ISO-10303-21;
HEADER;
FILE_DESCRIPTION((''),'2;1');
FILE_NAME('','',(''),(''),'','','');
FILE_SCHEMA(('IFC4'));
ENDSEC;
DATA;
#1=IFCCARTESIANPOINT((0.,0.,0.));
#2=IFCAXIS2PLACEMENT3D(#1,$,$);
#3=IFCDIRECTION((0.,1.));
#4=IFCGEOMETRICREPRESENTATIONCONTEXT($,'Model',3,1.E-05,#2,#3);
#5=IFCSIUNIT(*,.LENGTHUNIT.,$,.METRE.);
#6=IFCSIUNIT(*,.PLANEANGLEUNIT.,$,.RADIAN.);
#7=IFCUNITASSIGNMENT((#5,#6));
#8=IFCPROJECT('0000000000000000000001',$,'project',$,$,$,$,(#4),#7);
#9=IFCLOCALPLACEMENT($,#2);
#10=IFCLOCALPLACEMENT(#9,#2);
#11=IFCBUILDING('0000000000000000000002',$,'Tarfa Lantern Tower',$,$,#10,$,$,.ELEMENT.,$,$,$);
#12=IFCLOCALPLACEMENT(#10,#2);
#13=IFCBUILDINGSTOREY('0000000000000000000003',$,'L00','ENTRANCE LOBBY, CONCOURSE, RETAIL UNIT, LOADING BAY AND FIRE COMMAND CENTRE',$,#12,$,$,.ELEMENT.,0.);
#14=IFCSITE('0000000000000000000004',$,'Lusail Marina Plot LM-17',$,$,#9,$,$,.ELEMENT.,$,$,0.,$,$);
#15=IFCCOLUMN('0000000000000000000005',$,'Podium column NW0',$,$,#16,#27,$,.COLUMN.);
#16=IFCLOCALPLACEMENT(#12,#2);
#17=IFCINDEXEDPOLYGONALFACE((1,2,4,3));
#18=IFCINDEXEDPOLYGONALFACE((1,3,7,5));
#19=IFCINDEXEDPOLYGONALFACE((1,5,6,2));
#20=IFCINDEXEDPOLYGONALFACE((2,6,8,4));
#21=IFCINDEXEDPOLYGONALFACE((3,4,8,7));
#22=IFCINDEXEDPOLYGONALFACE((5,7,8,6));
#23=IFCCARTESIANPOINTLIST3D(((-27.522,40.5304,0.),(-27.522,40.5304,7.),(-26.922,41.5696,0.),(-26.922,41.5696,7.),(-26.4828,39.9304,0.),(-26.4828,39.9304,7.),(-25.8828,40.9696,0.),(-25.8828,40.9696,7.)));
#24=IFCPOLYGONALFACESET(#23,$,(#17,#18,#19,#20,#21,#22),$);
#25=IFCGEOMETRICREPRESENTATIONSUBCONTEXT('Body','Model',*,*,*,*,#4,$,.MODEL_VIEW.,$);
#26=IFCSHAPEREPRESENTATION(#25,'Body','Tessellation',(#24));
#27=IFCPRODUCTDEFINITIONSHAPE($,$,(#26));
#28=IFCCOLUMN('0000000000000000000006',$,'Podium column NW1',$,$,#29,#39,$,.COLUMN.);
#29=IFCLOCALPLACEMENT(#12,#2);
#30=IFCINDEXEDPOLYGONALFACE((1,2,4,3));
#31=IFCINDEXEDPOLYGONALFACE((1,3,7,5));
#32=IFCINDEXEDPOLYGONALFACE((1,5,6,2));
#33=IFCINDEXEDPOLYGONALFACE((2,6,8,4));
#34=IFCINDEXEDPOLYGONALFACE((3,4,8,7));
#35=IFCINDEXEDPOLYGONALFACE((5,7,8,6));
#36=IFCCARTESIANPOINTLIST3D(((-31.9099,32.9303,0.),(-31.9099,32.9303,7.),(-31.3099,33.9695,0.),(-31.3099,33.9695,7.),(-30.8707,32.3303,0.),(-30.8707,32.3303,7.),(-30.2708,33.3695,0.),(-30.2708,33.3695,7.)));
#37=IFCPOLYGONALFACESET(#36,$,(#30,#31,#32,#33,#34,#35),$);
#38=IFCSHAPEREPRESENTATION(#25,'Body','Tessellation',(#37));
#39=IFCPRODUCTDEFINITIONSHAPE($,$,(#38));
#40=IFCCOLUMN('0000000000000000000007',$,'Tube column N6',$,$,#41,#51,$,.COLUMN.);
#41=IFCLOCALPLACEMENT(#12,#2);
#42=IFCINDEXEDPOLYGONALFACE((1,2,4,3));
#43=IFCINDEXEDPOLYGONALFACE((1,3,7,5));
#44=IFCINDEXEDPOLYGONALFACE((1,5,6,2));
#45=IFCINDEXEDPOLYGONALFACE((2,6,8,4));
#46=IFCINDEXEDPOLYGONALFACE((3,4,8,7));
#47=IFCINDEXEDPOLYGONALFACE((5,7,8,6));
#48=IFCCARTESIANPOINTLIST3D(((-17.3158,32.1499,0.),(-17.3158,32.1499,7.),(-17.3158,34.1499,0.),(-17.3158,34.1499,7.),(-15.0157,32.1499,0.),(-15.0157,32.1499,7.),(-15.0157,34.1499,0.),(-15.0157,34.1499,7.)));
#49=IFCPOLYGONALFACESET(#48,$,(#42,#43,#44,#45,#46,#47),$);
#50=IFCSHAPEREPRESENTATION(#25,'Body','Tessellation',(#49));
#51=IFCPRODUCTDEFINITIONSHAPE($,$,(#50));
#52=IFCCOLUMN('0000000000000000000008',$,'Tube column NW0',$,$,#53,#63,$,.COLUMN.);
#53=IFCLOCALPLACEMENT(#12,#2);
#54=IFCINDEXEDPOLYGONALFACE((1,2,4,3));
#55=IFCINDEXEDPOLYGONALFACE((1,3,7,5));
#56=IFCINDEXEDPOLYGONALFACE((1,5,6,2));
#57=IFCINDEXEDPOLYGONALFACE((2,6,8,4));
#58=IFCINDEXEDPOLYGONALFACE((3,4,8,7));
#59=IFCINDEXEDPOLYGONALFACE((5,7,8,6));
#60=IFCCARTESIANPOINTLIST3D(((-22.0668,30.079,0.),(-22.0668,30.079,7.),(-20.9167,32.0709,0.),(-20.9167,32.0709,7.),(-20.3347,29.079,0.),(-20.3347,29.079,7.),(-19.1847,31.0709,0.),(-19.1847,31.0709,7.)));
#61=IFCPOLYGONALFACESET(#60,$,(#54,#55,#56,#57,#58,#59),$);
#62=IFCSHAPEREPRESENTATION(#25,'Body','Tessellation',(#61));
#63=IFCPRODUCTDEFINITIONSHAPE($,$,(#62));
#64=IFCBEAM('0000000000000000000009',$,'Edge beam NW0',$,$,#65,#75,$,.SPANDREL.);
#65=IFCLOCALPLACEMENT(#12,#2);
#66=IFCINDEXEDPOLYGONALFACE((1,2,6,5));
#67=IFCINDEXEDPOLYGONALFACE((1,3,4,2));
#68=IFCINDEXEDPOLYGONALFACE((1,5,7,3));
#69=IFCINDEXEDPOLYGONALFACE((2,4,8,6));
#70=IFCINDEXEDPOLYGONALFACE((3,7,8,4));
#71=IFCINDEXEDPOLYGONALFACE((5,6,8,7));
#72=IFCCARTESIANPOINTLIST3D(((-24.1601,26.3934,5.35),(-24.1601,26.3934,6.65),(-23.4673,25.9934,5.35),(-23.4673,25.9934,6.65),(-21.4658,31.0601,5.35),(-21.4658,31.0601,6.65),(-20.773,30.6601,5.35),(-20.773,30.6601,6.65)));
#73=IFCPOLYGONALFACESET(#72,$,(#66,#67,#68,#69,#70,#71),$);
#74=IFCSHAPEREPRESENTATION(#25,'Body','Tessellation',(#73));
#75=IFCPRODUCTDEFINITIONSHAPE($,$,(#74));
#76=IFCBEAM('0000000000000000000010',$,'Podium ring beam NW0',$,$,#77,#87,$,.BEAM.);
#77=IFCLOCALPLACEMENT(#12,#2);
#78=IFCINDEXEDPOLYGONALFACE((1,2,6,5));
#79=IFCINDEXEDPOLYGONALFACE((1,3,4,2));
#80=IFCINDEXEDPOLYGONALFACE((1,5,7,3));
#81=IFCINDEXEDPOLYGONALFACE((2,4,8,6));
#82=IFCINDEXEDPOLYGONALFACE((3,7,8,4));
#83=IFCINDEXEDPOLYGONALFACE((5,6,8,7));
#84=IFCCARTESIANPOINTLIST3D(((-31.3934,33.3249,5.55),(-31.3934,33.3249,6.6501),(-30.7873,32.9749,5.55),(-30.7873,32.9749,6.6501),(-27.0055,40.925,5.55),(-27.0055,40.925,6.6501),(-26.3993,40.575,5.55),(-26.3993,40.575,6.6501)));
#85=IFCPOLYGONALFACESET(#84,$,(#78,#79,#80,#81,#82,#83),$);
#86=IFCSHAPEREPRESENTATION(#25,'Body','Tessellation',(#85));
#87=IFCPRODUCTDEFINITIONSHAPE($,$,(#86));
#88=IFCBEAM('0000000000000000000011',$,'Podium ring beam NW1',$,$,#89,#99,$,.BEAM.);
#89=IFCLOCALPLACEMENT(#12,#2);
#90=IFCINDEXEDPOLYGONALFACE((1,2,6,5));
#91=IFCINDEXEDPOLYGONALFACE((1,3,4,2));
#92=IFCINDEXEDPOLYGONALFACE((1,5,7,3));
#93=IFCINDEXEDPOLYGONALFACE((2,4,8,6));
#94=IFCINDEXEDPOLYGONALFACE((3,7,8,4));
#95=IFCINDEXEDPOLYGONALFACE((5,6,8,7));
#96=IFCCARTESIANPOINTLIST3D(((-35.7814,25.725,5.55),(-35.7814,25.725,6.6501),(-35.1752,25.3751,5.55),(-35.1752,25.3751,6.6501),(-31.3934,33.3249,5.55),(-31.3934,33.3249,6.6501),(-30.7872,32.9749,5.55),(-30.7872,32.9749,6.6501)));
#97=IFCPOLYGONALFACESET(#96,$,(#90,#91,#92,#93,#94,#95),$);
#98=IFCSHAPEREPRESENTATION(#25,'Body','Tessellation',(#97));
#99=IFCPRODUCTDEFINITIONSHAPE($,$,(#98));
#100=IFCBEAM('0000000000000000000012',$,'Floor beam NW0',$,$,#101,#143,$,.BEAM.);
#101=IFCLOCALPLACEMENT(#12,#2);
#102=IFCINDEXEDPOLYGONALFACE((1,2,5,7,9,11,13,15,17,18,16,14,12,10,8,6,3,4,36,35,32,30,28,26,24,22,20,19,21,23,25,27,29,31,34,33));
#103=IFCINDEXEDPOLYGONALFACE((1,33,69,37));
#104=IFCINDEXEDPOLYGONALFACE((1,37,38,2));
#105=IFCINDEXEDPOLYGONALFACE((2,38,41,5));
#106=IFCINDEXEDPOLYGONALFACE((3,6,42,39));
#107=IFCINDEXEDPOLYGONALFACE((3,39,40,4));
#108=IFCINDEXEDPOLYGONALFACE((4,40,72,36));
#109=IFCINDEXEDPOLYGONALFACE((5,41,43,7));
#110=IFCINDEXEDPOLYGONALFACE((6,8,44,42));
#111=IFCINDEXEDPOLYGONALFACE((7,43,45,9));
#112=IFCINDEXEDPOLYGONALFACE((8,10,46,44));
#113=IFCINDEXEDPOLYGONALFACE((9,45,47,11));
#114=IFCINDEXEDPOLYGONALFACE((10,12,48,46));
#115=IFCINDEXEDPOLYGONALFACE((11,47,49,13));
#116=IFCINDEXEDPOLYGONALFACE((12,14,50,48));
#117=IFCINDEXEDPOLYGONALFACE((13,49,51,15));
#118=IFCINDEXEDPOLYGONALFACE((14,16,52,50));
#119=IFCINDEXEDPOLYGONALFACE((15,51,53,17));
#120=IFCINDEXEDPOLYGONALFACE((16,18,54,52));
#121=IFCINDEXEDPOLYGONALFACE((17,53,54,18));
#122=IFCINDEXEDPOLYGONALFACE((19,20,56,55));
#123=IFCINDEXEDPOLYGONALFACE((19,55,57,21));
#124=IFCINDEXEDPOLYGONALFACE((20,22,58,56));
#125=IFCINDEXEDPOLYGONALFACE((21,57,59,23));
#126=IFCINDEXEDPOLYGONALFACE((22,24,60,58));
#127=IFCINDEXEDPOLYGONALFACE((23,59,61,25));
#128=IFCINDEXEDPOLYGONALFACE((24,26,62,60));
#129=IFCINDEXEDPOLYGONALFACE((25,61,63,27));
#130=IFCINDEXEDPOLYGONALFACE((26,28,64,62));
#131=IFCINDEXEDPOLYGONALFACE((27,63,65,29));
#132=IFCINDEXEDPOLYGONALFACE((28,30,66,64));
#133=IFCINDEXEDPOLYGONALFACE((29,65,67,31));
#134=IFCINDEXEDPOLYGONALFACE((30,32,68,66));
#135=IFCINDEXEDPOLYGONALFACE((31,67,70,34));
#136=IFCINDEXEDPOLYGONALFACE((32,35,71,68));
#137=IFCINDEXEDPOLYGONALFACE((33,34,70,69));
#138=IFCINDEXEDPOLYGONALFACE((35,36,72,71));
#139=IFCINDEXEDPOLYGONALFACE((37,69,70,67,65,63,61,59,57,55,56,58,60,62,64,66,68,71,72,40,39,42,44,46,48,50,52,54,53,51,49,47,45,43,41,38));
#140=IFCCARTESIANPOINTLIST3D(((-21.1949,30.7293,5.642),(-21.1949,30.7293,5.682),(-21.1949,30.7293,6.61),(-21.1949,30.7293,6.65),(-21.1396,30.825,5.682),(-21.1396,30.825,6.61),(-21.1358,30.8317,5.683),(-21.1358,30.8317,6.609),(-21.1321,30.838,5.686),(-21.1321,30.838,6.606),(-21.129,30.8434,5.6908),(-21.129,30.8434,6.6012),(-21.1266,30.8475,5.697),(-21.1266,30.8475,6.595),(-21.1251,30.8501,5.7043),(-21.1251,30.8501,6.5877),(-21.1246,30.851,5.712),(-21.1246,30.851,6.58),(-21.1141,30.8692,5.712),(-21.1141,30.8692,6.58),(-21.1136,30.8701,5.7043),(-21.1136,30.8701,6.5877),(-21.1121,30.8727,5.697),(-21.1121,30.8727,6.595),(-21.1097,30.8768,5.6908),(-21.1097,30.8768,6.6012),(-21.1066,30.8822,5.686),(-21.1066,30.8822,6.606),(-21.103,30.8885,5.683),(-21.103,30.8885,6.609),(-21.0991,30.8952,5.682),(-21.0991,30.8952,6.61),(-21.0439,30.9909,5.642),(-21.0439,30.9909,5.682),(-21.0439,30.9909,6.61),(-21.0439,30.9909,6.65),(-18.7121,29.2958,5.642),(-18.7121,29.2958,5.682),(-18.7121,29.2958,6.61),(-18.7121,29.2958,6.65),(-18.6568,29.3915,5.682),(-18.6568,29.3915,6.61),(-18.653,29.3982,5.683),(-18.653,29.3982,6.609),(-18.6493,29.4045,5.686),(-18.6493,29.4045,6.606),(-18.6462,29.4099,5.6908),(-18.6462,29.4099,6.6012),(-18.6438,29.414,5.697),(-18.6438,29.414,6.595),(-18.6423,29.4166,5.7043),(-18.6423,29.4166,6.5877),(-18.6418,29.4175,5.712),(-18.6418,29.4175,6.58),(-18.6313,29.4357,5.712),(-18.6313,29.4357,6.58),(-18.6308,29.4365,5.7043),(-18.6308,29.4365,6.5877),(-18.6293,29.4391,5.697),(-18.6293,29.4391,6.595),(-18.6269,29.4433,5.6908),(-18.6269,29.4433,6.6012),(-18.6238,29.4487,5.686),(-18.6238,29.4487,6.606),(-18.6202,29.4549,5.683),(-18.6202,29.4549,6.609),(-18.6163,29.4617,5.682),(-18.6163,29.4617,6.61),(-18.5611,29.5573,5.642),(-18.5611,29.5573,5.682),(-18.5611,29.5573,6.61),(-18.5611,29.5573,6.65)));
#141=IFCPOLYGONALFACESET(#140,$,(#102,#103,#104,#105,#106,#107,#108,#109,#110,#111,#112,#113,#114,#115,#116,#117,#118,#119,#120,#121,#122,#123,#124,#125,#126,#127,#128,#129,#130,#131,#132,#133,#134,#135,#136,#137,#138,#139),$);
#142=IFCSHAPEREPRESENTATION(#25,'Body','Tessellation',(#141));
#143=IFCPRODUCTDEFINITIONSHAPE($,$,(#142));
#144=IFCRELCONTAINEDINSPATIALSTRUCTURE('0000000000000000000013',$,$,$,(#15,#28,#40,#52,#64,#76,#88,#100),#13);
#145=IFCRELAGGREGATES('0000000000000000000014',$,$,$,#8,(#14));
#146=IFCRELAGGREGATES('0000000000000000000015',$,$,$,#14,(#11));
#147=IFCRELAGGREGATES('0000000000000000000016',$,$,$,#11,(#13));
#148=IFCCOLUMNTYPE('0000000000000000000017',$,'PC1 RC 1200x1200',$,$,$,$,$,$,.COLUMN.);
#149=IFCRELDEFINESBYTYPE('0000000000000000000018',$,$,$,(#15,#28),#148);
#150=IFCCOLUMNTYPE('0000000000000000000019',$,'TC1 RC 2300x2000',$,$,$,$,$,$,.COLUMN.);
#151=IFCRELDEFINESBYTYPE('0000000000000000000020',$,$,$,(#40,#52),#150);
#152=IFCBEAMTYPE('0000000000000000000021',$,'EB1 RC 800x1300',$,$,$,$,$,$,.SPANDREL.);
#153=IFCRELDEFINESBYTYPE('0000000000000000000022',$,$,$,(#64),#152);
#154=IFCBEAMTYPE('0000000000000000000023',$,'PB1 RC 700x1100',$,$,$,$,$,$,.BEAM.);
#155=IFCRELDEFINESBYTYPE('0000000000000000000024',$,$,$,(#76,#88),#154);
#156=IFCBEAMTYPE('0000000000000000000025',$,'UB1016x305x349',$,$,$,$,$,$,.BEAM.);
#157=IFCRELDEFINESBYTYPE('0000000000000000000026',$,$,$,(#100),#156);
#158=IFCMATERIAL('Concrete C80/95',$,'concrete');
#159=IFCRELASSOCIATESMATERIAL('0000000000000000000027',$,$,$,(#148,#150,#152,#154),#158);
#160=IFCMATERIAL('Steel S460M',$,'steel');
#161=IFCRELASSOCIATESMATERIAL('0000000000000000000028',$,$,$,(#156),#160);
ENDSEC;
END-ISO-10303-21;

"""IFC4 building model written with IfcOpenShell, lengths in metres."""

from ifc_helpers import new_model, si_unit, direction, frame, origin, origin_2d, place, context, subcontext, project, spatial, rectangle, i_section, extrude, material, material_profile, profile_set, type_object, element, save


model = new_model("IFC4")

# Units and contexts
model_context = context("Model", 3, precision=1e-05, world=origin(), true_north=direction((0.0, 1.0)))
body_context = subcontext(model_context, "Body", "Model", "MODEL_VIEW")
ifc_project = project(units=[si_unit("LENGTHUNIT", "METRE"), si_unit("PLANEANGLEUNIT", "RADIAN")], contexts=[model_context])

# Site, building, storey
site_placement = place(None, origin())
site = spatial("IfcSite", under=ifc_project, at=site_placement, Name="Lusail Marina Plot LM-17", CompositionType="ELEMENT", RefElevation=0.0)
building_placement = place(site_placement, origin())
building = spatial("IfcBuilding", under=site, at=building_placement, Name="Tarfa Lantern Tower", CompositionType="ELEMENT")
storey_placement = place(building_placement, origin())
storey = spatial("IfcBuildingStorey", under=building, at=storey_placement, Name="L00", Description="ENTRANCE LOBBY, CONCOURSE, RETAIL UNIT, LOADING BAY AND FIRE COMMAND CENTRE", CompositionType="ELEMENT", Elevation=0.0)

# Columns
ifc_material_1 = material(Name="Concrete C80/95", Category="concrete")
ifc_material_profile_1 = material_profile(ifc_material_1, rectangle(XDim=1.2, YDim=1.2, at=origin_2d()), Name="RC 1200x1200")
ifc_profile_set_1 = profile_set([ifc_material_profile_1], Name="Concrete C80/95")
column_type_1 = type_object("IfcColumnType", Name="PC1 RC 1200x1200", PredefinedType="COLUMN", material=ifc_profile_set_1)
for number, where, z_axis, x_axis, name in (
    (1, (-26.7024, 40.75, 0.0), (0.0, 0.0, 1.0), (-0.5, -0.866025, 0.0), "Podium column NW0"),
    (2, (-31.0903, 33.1499, 0.0), (0.0, 0.0, 1.0), (-0.5, -0.866025, 0.0), "Podium column NW1"),
):
    element("IfcColumn", number, at=place(storey_placement, frame(where, z_axis=z_axis, x_axis=x_axis)), inside=storey, type_object=column_type_1, Name=name, PredefinedType="COLUMN", context=body_context, shape_type="SweptSolid", body=[
        extrude(rectangle(XDim=1.2, YDim=1.2, at=origin_2d()), origin(), (0.0, 0.0, 1.0), 7.0),
    ])
ifc_material_profile_2 = material_profile(ifc_material_1, rectangle(XDim=2.3, YDim=2.0, at=origin_2d()), Name="RC 2300x2000")
ifc_profile_set_2 = profile_set([ifc_material_profile_2], Name="Concrete C80/95")
column_type_2 = type_object("IfcColumnType", Name="TC1 RC 2300x2000", PredefinedType="COLUMN", material=ifc_profile_set_2)
for number, where, z_axis, x_axis, name in (
    (3, (-16.1658, 33.1499, 0.0), (0.0, 0.0, 1.0), (-1.0, 0.0, 0.0), "Tube column N6"),
    (4, (-20.6257, 30.575, 0.0), (0.0, 0.0, 1.0), (-0.5, -0.866025, 0.0), "Tube column NW0"),
):
    element("IfcColumn", number, at=place(storey_placement, frame(where, z_axis=z_axis, x_axis=x_axis)), inside=storey, type_object=column_type_2, Name=name, PredefinedType="COLUMN", context=body_context, shape_type="SweptSolid", body=[
        extrude(rectangle(XDim=2.3, YDim=2.0, at=origin_2d()), origin(), (0.0, 0.0, 1.0), 7.0),
    ])

# Beams
ifc_material_profile_3 = material_profile(ifc_material_1, rectangle(XDim=0.8, YDim=1.3, at=origin_2d()), Name="RC 800x1300")
ifc_profile_set_3 = profile_set([ifc_material_profile_3], Name="Concrete C80/95")
beam_type_1 = type_object("IfcBeamType", Name="EB1 RC 800x1300", PredefinedType="SPANDREL", material=ifc_profile_set_3)
beam_1_placement = place(storey_placement, frame((-21.1194, 30.8601, 6.0), z_axis=(-0.499998, -0.866026, 0.0), x_axis=(0.866026, -0.499998, 0.0)))
element("IfcBeam", 5, at=beam_1_placement, inside=storey, type_object=beam_type_1, Name="Edge beam NW0", PredefinedType="SPANDREL", context=body_context, shape_type="SweptSolid", body=[
    extrude(rectangle(XDim=0.8, YDim=1.3, at=origin_2d()), origin(), (0.0, 0.0, 1.0), 5.3887),
])
ifc_material_profile_4 = material_profile(ifc_material_1, rectangle(XDim=0.7, YDim=1.1001, at=origin_2d()), Name="RC 700x1100")
ifc_profile_set_4 = profile_set([ifc_material_profile_4], Name="Concrete C80/95")
beam_type_2 = type_object("IfcBeamType", Name="PB1 RC 700x1100", PredefinedType="BEAM", material=ifc_profile_set_4)
beam_2_placement = place(storey_placement, frame((-26.7024, 40.75, 6.1001), z_axis=(-0.500002, -0.866024, 0.0), x_axis=(0.866024, -0.500002, 0.0)))
element("IfcBeam", 6, at=beam_2_placement, inside=storey, type_object=beam_type_2, Name="Podium ring beam NW0", PredefinedType="BEAM", context=body_context, shape_type="SweptSolid", body=[
    extrude(rectangle(XDim=0.7, YDim=1.1001, at=origin_2d()), origin(), (0.0, 0.0, 1.0), 8.7759),
])
beam_3_placement = place(storey_placement, frame((-31.0903, 33.1499, 6.1001), z_axis=(-0.500014, -0.866017, 0.0), x_axis=(0.866017, -0.500014, 0.0)))
element("IfcBeam", 7, at=beam_3_placement, inside=storey, type_object=beam_type_2, Name="Podium ring beam NW1", PredefinedType="BEAM", context=body_context, shape_type="SweptSolid", body=[
    extrude(rectangle(XDim=0.7, YDim=1.1001, at=origin_2d()), origin(), (0.0, 0.0, 1.0), 8.7756),
])
ifc_material_2 = material(Name="Steel S460M", Category="steel")
ifc_material_profile_5 = material_profile(ifc_material_2, i_section(OverallWidth=0.302, OverallDepth=1.0081, WebThickness=0.021, FlangeThickness=0.04, FilletRadius=0.03, at=origin_2d()), Name="UB1016x305x349")
ifc_profile_set_5 = profile_set([ifc_material_profile_5], Name="Steel S460M")
beam_type_3 = type_object("IfcBeamType", Name="UB1016x305x349", PredefinedType="BEAM", material=ifc_profile_set_5)
beam_4_placement = place(storey_placement, frame((-21.1194, 30.8601, 6.146), z_axis=(0.866013, -0.500022, 0.0), x_axis=(0.500022, 0.866013, 0.0)))
element("IfcBeam", 8, at=beam_4_placement, inside=storey, type_object=beam_type_3, Name="Floor beam NW0", PredefinedType="BEAM", context=body_context, shape_type="SweptSolid", body=[
    extrude(i_section(OverallWidth=0.302, OverallDepth=1.0081, WebThickness=0.021, FlangeThickness=0.04, FilletRadius=0.03, at=origin_2d()), origin(), (0.0, 0.0, 1.0), 2.8669),
])

save(model, "model.ifc")
